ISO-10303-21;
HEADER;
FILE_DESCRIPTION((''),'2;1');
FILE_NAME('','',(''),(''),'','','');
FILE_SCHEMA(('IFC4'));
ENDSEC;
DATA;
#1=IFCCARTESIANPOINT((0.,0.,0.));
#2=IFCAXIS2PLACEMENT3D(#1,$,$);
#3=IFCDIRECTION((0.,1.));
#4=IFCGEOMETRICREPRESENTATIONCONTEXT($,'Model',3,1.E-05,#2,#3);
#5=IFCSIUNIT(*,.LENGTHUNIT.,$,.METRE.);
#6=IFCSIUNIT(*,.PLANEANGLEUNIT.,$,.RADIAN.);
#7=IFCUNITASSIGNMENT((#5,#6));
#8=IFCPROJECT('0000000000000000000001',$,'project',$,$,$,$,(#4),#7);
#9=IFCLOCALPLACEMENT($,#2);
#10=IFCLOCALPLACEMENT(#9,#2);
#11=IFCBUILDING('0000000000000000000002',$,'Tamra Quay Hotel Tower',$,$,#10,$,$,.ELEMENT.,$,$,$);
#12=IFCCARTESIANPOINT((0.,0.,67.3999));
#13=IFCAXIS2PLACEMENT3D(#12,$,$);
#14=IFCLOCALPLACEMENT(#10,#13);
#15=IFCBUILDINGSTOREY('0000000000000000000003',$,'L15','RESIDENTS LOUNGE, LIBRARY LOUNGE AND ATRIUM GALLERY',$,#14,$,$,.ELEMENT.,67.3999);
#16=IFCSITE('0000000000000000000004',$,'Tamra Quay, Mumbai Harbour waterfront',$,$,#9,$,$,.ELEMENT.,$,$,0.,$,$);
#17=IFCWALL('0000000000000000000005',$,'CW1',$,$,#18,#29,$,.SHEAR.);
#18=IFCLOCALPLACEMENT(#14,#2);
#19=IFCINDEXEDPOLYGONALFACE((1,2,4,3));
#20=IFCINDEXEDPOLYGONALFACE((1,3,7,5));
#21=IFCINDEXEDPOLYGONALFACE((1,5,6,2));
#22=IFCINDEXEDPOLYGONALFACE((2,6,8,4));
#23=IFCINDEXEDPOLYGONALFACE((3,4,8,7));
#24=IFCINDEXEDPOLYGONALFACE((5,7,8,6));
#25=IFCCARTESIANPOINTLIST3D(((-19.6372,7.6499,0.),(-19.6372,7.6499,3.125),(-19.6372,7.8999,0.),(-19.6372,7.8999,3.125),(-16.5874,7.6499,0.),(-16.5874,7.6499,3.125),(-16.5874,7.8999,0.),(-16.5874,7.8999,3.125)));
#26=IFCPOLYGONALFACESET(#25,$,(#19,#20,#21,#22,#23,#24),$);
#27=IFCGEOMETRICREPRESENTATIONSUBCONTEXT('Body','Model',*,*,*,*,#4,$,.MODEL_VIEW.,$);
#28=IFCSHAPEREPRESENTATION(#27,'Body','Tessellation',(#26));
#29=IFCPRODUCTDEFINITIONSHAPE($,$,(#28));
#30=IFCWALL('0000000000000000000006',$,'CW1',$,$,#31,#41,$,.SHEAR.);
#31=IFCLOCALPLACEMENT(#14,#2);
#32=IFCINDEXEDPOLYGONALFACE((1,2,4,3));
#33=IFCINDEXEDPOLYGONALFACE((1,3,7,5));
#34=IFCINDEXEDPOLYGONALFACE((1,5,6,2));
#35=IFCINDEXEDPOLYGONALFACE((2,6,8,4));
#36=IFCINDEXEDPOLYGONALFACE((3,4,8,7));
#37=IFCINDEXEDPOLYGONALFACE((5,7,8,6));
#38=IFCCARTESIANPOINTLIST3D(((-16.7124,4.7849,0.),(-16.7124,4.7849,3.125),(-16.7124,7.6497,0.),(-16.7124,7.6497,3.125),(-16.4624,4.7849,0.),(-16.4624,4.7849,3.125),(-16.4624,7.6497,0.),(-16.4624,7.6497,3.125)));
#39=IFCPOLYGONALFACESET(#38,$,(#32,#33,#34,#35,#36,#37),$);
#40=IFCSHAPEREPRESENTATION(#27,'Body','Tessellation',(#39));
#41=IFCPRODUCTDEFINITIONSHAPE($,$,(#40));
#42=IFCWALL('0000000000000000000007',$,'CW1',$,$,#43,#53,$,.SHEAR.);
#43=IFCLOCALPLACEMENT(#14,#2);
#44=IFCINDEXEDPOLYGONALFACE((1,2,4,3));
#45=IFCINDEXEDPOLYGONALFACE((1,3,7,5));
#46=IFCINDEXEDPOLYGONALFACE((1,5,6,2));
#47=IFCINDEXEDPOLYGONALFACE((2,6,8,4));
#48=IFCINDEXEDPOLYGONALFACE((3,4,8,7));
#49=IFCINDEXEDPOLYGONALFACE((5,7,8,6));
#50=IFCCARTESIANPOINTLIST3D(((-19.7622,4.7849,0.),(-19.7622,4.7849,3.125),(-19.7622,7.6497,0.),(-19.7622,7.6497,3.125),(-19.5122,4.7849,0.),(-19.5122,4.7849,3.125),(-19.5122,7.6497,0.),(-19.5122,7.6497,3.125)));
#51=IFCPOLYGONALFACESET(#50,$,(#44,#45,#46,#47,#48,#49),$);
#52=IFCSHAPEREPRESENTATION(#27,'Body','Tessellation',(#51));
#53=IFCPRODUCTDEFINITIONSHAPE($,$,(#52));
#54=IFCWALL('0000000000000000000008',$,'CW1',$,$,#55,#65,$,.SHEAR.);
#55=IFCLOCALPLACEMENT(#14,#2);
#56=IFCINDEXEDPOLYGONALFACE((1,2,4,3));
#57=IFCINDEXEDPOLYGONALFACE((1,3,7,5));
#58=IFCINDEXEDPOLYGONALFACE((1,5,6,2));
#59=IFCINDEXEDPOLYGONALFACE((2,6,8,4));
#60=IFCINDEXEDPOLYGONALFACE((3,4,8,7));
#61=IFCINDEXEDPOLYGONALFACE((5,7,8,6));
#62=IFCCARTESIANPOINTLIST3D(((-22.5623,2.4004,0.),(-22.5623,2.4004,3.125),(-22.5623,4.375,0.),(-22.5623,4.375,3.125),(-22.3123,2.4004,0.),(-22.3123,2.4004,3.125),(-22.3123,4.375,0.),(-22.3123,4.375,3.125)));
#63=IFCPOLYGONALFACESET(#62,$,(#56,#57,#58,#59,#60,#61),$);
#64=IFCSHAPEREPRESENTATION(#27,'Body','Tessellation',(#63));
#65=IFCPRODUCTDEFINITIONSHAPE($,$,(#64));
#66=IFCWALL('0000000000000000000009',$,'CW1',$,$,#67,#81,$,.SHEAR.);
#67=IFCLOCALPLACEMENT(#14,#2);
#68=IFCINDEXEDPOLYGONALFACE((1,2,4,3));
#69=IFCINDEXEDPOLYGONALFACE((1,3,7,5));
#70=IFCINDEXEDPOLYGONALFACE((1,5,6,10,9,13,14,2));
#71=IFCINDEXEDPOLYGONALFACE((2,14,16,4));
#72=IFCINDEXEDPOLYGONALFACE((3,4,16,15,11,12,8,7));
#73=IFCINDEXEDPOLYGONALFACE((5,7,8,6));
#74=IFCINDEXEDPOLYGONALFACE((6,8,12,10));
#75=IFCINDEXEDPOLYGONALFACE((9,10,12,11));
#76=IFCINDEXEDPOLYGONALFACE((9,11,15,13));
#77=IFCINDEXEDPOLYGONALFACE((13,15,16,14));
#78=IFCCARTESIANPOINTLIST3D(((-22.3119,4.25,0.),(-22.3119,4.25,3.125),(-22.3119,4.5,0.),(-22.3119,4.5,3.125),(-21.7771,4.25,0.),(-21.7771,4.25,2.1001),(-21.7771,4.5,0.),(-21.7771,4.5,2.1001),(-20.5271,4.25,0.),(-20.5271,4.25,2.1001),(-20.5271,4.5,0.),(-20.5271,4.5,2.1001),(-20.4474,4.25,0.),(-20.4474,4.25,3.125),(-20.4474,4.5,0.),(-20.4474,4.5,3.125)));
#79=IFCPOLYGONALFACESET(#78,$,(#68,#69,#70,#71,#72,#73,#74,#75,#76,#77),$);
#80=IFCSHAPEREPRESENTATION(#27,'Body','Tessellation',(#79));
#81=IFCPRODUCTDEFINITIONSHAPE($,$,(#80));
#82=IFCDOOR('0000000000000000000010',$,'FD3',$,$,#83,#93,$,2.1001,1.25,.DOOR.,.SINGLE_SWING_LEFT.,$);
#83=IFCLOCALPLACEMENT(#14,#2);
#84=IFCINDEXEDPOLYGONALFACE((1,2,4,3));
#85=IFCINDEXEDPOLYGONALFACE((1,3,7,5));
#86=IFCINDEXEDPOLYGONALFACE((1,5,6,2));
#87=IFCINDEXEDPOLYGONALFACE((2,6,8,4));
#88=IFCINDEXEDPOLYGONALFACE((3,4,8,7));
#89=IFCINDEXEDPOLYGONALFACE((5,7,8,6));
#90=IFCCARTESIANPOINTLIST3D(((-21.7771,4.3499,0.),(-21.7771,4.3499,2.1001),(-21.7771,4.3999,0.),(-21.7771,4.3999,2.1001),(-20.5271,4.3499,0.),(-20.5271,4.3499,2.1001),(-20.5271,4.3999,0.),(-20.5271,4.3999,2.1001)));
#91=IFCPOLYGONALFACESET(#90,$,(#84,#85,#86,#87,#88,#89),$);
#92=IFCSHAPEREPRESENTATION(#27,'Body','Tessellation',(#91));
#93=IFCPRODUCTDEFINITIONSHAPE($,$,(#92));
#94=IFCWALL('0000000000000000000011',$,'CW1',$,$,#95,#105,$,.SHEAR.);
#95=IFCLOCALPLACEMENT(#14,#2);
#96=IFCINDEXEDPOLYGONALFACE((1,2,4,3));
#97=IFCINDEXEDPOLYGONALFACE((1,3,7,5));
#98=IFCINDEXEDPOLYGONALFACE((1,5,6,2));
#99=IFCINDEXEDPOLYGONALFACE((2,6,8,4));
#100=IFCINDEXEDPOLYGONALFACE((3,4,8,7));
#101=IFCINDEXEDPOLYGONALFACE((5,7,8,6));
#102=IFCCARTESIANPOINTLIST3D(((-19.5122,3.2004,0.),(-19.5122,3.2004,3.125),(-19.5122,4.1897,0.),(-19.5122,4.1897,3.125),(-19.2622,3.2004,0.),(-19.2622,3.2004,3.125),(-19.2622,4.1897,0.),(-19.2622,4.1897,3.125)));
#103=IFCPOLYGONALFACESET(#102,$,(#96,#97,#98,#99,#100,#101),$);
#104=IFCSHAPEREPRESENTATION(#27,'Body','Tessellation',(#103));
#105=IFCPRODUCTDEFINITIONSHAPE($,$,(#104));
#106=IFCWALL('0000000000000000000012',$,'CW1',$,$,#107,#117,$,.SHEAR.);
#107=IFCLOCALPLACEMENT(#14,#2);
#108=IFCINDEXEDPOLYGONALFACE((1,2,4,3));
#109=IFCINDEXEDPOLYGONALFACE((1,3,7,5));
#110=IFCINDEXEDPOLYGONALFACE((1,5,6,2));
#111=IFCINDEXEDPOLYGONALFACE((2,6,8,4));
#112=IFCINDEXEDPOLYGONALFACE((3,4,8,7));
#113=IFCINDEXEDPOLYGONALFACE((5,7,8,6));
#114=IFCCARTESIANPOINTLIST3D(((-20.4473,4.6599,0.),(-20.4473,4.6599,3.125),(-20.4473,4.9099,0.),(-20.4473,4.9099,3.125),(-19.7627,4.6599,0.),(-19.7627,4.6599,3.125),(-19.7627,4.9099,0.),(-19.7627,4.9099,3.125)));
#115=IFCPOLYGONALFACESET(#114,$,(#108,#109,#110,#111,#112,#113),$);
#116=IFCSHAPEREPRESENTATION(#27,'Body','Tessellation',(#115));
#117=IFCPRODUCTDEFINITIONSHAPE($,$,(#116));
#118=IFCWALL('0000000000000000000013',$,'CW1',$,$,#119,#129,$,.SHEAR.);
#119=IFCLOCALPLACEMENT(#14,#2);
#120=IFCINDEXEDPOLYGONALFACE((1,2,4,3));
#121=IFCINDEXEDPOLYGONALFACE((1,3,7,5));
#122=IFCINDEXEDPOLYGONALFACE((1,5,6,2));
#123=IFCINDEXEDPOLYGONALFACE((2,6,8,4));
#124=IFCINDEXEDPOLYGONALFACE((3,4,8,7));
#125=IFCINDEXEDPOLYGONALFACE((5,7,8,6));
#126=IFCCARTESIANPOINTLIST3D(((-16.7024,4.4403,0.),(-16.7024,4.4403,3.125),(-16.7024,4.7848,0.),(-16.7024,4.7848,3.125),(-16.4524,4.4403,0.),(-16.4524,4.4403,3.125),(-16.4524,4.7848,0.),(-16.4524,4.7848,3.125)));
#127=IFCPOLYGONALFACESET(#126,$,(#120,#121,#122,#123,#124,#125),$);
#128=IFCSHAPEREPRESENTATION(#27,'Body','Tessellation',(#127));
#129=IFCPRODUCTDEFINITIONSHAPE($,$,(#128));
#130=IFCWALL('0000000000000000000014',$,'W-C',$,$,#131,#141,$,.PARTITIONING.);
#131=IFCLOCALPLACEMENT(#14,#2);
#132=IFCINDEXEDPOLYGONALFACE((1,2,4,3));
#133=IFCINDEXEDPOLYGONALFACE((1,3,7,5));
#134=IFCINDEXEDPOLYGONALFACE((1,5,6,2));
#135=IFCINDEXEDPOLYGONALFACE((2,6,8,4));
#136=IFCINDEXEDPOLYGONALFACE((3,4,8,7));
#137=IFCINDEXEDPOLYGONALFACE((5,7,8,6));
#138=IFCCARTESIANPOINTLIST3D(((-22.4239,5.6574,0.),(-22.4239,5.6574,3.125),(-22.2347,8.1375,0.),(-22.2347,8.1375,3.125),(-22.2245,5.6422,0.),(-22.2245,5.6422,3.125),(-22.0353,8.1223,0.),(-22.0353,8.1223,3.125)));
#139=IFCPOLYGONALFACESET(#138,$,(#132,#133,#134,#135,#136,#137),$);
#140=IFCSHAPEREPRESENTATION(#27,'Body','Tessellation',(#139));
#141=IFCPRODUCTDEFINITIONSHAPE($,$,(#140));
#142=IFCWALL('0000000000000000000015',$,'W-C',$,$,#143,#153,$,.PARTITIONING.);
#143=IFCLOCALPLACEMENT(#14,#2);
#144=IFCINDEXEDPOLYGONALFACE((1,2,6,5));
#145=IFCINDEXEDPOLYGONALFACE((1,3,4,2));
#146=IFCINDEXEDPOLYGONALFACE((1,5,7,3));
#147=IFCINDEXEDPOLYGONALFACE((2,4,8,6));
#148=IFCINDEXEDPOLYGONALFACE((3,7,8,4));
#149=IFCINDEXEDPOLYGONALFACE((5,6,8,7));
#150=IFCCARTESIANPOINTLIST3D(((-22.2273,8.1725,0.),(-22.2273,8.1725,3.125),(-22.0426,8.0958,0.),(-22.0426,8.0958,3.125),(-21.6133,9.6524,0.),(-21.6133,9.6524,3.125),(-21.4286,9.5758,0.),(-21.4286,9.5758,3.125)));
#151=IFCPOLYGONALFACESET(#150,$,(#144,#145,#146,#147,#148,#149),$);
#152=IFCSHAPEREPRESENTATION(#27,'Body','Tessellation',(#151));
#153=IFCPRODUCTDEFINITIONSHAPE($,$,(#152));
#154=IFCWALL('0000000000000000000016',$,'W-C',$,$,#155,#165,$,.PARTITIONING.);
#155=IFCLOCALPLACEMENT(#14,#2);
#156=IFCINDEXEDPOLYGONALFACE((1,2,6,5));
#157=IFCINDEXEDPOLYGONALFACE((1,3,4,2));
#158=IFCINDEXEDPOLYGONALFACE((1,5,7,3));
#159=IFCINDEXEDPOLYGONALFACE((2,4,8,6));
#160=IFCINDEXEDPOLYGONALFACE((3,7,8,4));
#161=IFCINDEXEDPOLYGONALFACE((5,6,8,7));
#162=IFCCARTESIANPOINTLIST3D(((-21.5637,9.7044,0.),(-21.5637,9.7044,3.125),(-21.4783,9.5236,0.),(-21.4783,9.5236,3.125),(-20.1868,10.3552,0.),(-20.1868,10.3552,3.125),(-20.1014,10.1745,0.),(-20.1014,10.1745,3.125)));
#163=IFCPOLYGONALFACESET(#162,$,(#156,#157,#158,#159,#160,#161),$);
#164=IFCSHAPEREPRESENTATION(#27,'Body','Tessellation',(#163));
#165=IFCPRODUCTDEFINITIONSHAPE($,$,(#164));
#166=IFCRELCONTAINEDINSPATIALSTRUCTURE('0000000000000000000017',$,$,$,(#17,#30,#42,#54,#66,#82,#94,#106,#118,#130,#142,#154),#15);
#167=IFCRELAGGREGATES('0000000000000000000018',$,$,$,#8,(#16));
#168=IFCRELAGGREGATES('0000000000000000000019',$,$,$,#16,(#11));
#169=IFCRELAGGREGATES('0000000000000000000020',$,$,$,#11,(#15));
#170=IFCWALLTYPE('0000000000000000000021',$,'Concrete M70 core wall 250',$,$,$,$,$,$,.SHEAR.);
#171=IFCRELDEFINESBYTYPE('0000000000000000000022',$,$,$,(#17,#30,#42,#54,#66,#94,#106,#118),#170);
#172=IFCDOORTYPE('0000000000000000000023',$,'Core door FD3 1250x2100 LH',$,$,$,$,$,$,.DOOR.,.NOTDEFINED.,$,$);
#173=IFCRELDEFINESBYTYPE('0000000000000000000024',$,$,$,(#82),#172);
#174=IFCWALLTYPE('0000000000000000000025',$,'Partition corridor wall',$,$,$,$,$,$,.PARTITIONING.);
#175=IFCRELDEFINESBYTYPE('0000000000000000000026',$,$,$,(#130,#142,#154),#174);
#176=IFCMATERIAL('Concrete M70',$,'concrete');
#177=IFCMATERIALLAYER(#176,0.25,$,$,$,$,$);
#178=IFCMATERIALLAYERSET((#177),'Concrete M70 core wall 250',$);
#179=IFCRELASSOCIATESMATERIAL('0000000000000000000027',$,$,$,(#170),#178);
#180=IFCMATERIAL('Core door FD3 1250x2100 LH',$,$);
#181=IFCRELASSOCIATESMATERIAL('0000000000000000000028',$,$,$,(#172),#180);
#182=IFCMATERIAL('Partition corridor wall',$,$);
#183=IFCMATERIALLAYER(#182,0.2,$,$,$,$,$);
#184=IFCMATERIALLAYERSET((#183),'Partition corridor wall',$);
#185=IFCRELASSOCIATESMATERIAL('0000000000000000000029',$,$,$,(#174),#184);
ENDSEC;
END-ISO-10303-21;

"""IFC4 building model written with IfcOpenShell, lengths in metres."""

from ifc_helpers import new_model, si_unit, direction, frame, frame_2d, origin, place, context, subcontext, project, spatial, rectangle, extrude, material, layer, layer_set, type_object, element, fill, save


model = new_model("IFC4")

# Units and contexts
model_context = context("Model", 3, precision=1e-05, world=origin(), true_north=direction((0.0, 1.0)))
body_context = subcontext(model_context, "Body", "Model", "MODEL_VIEW")
ifc_project = project(units=[si_unit("LENGTHUNIT", "METRE"), si_unit("PLANEANGLEUNIT", "RADIAN")], contexts=[model_context])

# Site, building, storey
site_placement = place(None, origin())
site = spatial("IfcSite", under=ifc_project, at=site_placement, Name="Tamra Quay, Mumbai Harbour waterfront", CompositionType="ELEMENT", RefElevation=0.0)
building_placement = place(site_placement, origin())
building = spatial("IfcBuilding", under=site, at=building_placement, Name="Tamra Quay Hotel Tower", CompositionType="ELEMENT")
storey_placement = place(building_placement, frame((0.0, 0.0, 67.3999)))
storey = spatial("IfcBuildingStorey", under=building, at=storey_placement, Name="L15", Description="RESIDENTS LOUNGE, LIBRARY LOUNGE AND ATRIUM GALLERY", CompositionType="ELEMENT", Elevation=67.3999)

# Shared definitions
ifc_material_1 = material(Name="Concrete M70", Category="concrete")

# Walls
ifc_layer_1 = layer(ifc_material_1, 0.25)
ifc_layer_set_1 = layer_set([ifc_layer_1], Name="Concrete M70 core wall 250")
wall_type_1 = type_object("IfcWallType", Name="Concrete M70 core wall 250", PredefinedType="SHEAR", material=ifc_layer_set_1)
wall_1_placement = place(storey_placement, frame((-19.6372, 7.7749, 0.0), z_axis=(0.0, 0.0, 1.0), x_axis=(1.0, 0.0, 0.0)))
element("IfcWall", 1, at=wall_1_placement, inside=storey, type_object=wall_type_1, Name="CW1", PredefinedType="SHEAR", context=body_context, shape_type="SweptSolid", body=[
    extrude(rectangle(XDim=3.0498, YDim=0.25, at=frame_2d((1.5249, 0.0))), origin(), (0.0, 0.0, 1.0), 3.125),
])
for number, where, z_axis, x_axis, name in (
    (2, (-16.5874, 7.6497, 0.0), (0.0, 0.0, 1.0), (0.0, -1.0, 0.0), "CW1"),
    (3, (-19.6372, 4.7849, 0.0), (0.0, 0.0, 1.0), (0.0, 1.0, 0.0), "CW1"),
):
    element("IfcWall", number, at=place(storey_placement, frame(where, z_axis=z_axis, x_axis=x_axis)), inside=storey, type_object=wall_type_1, Name=name, PredefinedType="SHEAR", context=body_context, shape_type="SweptSolid", body=[
        extrude(rectangle(XDim=2.8647, YDim=0.25, at=frame_2d((1.4324, 0.0))), origin(), (0.0, 0.0, 1.0), 3.125),
    ])
wall_2_placement = place(storey_placement, frame((-22.4373, 2.4004, 0.0), z_axis=(0.0, 0.0, 1.0), x_axis=(0.0, 1.0, 0.0)))
element("IfcWall", 4, at=wall_2_placement, inside=storey, type_object=wall_type_1, Name="CW1", PredefinedType="SHEAR", context=body_context, shape_type="SweptSolid", body=[
    extrude(rectangle(XDim=1.9746, YDim=0.25, at=frame_2d((0.9873, 0.0))), origin(), (0.0, 0.0, 1.0), 3.125),
])

# Wall, opening, door
wall_3_placement = place(storey_placement, frame((-22.3118, 4.375, 0.0), z_axis=(0.0, 0.0, 1.0), x_axis=(1.0, 0.0, 0.0)))
wall_3 = element("IfcWall", 5, at=wall_3_placement, inside=storey, type_object=wall_type_1, Name="CW1", PredefinedType="SHEAR", context=body_context, shape_type="SweptSolid", body=[
    extrude(rectangle(XDim=1.8645, YDim=0.25, at=frame_2d((0.9321, 0.0))), origin(), (0.0, 0.0, 1.0), 3.125),
])
opening_1_placement = place(wall_3_placement, frame((0.5347, 0.0, 0.0)))
opening_1 = element("IfcOpeningElement", 6, at=opening_1_placement, cuts=wall_3, PredefinedType="OPENING", context=body_context, shape_type="SweptSolid", body=[
    extrude(rectangle(XDim=1.25, YDim=2.1001, at=frame_2d((0.625, 1.05))), frame((0.0, 0.135, 0.0), z_axis=(0.0, -1.0, 0.0), x_axis=(1.0, 0.0, 0.0)), (0.0, 0.0, 1.0), 0.27),
])
ifc_material_2 = material(Name="Core door FD3 1250x2100 LH")
door_type_1 = type_object("IfcDoorType", Name="Core door FD3 1250x2100 LH", OperationType="NOTDEFINED", PredefinedType="DOOR", material=ifc_material_2)
door_1_placement = place(opening_1_placement, origin())
door_1 = element("IfcDoor", 7, at=door_1_placement, inside=storey, type_object=door_type_1, Name="FD3", OperationType="SINGLE_SWING_LEFT", OverallHeight=2.1001, OverallWidth=1.25, PredefinedType="DOOR", context=body_context, shape_type="SweptSolid", body=[
    extrude(rectangle(XDim=1.25, YDim=2.1001, at=frame_2d((0.625, 1.05))), frame((0.0, 0.0249, 0.0), z_axis=(0.0, -1.0, 0.0), x_axis=(1.0, 0.0, 0.0)), (0.0, 0.0, 1.0), 0.05),
])
fill(opening_1, door_1)

# Walls
wall_4_placement = place(storey_placement, frame((-19.3872, 4.1897, 0.0), z_axis=(0.0, 0.0, 1.0), x_axis=(0.0, -1.0, 0.0)))
element("IfcWall", 8, at=wall_4_placement, inside=storey, type_object=wall_type_1, Name="CW1", PredefinedType="SHEAR", context=body_context, shape_type="SweptSolid", body=[
    extrude(rectangle(XDim=0.9893, YDim=0.25, at=frame_2d((0.4946, 0.0))), origin(), (0.0, 0.0, 1.0), 3.125),
])
wall_5_placement = place(storey_placement, frame((-20.4473, 4.7849, 0.0), z_axis=(0.0, 0.0, 1.0), x_axis=(1.0, 0.0, 0.0)))
element("IfcWall", 9, at=wall_5_placement, inside=storey, type_object=wall_type_1, Name="CW1", PredefinedType="SHEAR", context=body_context, shape_type="SweptSolid", body=[
    extrude(rectangle(XDim=0.6846, YDim=0.25, at=frame_2d((0.3423, 0.0))), origin(), (0.0, 0.0, 1.0), 3.125),
])
wall_6_placement = place(storey_placement, frame((-16.5774, 4.7849, 0.0), z_axis=(0.0, 0.0, 1.0), x_axis=(0.0, -1.0, 0.0)))
element("IfcWall", 10, at=wall_6_placement, inside=storey, type_object=wall_type_1, Name="CW1", PredefinedType="SHEAR", context=body_context, shape_type="SweptSolid", body=[
    extrude(rectangle(XDim=0.3445, YDim=0.25, at=frame_2d((0.1724, 0.0))), origin(), (0.0, 0.0, 1.0), 3.125),
])
ifc_material_3 = material(Name="Partition corridor wall")
ifc_layer_2 = layer(ifc_material_3, 0.2)
ifc_layer_set_2 = layer_set([ifc_layer_2], Name="Partition corridor wall")
wall_type_2 = type_object("IfcWallType", Name="Partition corridor wall", PredefinedType="PARTITIONING", material=ifc_layer_set_2)
wall_7_placement = place(storey_placement, frame((-22.135, 8.1299, 0.0), z_axis=(0.0, 0.0, 1.0), x_axis=(-0.076073, -0.997102, 0.0)))
element("IfcWall", 11, at=wall_7_placement, inside=storey, type_object=wall_type_2, Name="W-C", PredefinedType="PARTITIONING", context=body_context, shape_type="SweptSolid", body=[
    extrude(rectangle(XDim=2.4873, YDim=0.2, at=frame_2d((1.2437, 0.0))), origin(), (0.0, 0.0, 1.0), 3.125),
])
wall_8_placement = place(storey_placement, frame((-22.135, 8.134, 0.0), z_axis=(0.0, 0.0, 1.0), x_axis=(0.383208, 0.923662, 0.0)))
element("IfcWall", 12, at=wall_8_placement, inside=storey, type_object=wall_type_2, Name="W-C", PredefinedType="PARTITIONING", context=body_context, shape_type="SweptSolid", body=[
    extrude(rectangle(XDim=1.6023, YDim=0.2, at=frame_2d((0.8013, 0.0))), origin(), (0.0, 0.0, 1.0), 3.125),
])
wall_9_placement = place(storey_placement, frame((-21.521, 9.614, 0.0), z_axis=(0.0, 0.0, 1.0), x_axis=(0.904084, 0.427356, 0.0)))
element("IfcWall", 13, at=wall_9_placement, inside=storey, type_object=wall_type_2, Name="W-C", PredefinedType="PARTITIONING", context=body_context, shape_type="SweptSolid", body=[
    extrude(rectangle(XDim=1.5229, YDim=0.2, at=frame_2d((0.7615, 0.0))), origin(), (0.0, 0.0, 1.0), 3.125),
])

save(model, "model.ifc")
